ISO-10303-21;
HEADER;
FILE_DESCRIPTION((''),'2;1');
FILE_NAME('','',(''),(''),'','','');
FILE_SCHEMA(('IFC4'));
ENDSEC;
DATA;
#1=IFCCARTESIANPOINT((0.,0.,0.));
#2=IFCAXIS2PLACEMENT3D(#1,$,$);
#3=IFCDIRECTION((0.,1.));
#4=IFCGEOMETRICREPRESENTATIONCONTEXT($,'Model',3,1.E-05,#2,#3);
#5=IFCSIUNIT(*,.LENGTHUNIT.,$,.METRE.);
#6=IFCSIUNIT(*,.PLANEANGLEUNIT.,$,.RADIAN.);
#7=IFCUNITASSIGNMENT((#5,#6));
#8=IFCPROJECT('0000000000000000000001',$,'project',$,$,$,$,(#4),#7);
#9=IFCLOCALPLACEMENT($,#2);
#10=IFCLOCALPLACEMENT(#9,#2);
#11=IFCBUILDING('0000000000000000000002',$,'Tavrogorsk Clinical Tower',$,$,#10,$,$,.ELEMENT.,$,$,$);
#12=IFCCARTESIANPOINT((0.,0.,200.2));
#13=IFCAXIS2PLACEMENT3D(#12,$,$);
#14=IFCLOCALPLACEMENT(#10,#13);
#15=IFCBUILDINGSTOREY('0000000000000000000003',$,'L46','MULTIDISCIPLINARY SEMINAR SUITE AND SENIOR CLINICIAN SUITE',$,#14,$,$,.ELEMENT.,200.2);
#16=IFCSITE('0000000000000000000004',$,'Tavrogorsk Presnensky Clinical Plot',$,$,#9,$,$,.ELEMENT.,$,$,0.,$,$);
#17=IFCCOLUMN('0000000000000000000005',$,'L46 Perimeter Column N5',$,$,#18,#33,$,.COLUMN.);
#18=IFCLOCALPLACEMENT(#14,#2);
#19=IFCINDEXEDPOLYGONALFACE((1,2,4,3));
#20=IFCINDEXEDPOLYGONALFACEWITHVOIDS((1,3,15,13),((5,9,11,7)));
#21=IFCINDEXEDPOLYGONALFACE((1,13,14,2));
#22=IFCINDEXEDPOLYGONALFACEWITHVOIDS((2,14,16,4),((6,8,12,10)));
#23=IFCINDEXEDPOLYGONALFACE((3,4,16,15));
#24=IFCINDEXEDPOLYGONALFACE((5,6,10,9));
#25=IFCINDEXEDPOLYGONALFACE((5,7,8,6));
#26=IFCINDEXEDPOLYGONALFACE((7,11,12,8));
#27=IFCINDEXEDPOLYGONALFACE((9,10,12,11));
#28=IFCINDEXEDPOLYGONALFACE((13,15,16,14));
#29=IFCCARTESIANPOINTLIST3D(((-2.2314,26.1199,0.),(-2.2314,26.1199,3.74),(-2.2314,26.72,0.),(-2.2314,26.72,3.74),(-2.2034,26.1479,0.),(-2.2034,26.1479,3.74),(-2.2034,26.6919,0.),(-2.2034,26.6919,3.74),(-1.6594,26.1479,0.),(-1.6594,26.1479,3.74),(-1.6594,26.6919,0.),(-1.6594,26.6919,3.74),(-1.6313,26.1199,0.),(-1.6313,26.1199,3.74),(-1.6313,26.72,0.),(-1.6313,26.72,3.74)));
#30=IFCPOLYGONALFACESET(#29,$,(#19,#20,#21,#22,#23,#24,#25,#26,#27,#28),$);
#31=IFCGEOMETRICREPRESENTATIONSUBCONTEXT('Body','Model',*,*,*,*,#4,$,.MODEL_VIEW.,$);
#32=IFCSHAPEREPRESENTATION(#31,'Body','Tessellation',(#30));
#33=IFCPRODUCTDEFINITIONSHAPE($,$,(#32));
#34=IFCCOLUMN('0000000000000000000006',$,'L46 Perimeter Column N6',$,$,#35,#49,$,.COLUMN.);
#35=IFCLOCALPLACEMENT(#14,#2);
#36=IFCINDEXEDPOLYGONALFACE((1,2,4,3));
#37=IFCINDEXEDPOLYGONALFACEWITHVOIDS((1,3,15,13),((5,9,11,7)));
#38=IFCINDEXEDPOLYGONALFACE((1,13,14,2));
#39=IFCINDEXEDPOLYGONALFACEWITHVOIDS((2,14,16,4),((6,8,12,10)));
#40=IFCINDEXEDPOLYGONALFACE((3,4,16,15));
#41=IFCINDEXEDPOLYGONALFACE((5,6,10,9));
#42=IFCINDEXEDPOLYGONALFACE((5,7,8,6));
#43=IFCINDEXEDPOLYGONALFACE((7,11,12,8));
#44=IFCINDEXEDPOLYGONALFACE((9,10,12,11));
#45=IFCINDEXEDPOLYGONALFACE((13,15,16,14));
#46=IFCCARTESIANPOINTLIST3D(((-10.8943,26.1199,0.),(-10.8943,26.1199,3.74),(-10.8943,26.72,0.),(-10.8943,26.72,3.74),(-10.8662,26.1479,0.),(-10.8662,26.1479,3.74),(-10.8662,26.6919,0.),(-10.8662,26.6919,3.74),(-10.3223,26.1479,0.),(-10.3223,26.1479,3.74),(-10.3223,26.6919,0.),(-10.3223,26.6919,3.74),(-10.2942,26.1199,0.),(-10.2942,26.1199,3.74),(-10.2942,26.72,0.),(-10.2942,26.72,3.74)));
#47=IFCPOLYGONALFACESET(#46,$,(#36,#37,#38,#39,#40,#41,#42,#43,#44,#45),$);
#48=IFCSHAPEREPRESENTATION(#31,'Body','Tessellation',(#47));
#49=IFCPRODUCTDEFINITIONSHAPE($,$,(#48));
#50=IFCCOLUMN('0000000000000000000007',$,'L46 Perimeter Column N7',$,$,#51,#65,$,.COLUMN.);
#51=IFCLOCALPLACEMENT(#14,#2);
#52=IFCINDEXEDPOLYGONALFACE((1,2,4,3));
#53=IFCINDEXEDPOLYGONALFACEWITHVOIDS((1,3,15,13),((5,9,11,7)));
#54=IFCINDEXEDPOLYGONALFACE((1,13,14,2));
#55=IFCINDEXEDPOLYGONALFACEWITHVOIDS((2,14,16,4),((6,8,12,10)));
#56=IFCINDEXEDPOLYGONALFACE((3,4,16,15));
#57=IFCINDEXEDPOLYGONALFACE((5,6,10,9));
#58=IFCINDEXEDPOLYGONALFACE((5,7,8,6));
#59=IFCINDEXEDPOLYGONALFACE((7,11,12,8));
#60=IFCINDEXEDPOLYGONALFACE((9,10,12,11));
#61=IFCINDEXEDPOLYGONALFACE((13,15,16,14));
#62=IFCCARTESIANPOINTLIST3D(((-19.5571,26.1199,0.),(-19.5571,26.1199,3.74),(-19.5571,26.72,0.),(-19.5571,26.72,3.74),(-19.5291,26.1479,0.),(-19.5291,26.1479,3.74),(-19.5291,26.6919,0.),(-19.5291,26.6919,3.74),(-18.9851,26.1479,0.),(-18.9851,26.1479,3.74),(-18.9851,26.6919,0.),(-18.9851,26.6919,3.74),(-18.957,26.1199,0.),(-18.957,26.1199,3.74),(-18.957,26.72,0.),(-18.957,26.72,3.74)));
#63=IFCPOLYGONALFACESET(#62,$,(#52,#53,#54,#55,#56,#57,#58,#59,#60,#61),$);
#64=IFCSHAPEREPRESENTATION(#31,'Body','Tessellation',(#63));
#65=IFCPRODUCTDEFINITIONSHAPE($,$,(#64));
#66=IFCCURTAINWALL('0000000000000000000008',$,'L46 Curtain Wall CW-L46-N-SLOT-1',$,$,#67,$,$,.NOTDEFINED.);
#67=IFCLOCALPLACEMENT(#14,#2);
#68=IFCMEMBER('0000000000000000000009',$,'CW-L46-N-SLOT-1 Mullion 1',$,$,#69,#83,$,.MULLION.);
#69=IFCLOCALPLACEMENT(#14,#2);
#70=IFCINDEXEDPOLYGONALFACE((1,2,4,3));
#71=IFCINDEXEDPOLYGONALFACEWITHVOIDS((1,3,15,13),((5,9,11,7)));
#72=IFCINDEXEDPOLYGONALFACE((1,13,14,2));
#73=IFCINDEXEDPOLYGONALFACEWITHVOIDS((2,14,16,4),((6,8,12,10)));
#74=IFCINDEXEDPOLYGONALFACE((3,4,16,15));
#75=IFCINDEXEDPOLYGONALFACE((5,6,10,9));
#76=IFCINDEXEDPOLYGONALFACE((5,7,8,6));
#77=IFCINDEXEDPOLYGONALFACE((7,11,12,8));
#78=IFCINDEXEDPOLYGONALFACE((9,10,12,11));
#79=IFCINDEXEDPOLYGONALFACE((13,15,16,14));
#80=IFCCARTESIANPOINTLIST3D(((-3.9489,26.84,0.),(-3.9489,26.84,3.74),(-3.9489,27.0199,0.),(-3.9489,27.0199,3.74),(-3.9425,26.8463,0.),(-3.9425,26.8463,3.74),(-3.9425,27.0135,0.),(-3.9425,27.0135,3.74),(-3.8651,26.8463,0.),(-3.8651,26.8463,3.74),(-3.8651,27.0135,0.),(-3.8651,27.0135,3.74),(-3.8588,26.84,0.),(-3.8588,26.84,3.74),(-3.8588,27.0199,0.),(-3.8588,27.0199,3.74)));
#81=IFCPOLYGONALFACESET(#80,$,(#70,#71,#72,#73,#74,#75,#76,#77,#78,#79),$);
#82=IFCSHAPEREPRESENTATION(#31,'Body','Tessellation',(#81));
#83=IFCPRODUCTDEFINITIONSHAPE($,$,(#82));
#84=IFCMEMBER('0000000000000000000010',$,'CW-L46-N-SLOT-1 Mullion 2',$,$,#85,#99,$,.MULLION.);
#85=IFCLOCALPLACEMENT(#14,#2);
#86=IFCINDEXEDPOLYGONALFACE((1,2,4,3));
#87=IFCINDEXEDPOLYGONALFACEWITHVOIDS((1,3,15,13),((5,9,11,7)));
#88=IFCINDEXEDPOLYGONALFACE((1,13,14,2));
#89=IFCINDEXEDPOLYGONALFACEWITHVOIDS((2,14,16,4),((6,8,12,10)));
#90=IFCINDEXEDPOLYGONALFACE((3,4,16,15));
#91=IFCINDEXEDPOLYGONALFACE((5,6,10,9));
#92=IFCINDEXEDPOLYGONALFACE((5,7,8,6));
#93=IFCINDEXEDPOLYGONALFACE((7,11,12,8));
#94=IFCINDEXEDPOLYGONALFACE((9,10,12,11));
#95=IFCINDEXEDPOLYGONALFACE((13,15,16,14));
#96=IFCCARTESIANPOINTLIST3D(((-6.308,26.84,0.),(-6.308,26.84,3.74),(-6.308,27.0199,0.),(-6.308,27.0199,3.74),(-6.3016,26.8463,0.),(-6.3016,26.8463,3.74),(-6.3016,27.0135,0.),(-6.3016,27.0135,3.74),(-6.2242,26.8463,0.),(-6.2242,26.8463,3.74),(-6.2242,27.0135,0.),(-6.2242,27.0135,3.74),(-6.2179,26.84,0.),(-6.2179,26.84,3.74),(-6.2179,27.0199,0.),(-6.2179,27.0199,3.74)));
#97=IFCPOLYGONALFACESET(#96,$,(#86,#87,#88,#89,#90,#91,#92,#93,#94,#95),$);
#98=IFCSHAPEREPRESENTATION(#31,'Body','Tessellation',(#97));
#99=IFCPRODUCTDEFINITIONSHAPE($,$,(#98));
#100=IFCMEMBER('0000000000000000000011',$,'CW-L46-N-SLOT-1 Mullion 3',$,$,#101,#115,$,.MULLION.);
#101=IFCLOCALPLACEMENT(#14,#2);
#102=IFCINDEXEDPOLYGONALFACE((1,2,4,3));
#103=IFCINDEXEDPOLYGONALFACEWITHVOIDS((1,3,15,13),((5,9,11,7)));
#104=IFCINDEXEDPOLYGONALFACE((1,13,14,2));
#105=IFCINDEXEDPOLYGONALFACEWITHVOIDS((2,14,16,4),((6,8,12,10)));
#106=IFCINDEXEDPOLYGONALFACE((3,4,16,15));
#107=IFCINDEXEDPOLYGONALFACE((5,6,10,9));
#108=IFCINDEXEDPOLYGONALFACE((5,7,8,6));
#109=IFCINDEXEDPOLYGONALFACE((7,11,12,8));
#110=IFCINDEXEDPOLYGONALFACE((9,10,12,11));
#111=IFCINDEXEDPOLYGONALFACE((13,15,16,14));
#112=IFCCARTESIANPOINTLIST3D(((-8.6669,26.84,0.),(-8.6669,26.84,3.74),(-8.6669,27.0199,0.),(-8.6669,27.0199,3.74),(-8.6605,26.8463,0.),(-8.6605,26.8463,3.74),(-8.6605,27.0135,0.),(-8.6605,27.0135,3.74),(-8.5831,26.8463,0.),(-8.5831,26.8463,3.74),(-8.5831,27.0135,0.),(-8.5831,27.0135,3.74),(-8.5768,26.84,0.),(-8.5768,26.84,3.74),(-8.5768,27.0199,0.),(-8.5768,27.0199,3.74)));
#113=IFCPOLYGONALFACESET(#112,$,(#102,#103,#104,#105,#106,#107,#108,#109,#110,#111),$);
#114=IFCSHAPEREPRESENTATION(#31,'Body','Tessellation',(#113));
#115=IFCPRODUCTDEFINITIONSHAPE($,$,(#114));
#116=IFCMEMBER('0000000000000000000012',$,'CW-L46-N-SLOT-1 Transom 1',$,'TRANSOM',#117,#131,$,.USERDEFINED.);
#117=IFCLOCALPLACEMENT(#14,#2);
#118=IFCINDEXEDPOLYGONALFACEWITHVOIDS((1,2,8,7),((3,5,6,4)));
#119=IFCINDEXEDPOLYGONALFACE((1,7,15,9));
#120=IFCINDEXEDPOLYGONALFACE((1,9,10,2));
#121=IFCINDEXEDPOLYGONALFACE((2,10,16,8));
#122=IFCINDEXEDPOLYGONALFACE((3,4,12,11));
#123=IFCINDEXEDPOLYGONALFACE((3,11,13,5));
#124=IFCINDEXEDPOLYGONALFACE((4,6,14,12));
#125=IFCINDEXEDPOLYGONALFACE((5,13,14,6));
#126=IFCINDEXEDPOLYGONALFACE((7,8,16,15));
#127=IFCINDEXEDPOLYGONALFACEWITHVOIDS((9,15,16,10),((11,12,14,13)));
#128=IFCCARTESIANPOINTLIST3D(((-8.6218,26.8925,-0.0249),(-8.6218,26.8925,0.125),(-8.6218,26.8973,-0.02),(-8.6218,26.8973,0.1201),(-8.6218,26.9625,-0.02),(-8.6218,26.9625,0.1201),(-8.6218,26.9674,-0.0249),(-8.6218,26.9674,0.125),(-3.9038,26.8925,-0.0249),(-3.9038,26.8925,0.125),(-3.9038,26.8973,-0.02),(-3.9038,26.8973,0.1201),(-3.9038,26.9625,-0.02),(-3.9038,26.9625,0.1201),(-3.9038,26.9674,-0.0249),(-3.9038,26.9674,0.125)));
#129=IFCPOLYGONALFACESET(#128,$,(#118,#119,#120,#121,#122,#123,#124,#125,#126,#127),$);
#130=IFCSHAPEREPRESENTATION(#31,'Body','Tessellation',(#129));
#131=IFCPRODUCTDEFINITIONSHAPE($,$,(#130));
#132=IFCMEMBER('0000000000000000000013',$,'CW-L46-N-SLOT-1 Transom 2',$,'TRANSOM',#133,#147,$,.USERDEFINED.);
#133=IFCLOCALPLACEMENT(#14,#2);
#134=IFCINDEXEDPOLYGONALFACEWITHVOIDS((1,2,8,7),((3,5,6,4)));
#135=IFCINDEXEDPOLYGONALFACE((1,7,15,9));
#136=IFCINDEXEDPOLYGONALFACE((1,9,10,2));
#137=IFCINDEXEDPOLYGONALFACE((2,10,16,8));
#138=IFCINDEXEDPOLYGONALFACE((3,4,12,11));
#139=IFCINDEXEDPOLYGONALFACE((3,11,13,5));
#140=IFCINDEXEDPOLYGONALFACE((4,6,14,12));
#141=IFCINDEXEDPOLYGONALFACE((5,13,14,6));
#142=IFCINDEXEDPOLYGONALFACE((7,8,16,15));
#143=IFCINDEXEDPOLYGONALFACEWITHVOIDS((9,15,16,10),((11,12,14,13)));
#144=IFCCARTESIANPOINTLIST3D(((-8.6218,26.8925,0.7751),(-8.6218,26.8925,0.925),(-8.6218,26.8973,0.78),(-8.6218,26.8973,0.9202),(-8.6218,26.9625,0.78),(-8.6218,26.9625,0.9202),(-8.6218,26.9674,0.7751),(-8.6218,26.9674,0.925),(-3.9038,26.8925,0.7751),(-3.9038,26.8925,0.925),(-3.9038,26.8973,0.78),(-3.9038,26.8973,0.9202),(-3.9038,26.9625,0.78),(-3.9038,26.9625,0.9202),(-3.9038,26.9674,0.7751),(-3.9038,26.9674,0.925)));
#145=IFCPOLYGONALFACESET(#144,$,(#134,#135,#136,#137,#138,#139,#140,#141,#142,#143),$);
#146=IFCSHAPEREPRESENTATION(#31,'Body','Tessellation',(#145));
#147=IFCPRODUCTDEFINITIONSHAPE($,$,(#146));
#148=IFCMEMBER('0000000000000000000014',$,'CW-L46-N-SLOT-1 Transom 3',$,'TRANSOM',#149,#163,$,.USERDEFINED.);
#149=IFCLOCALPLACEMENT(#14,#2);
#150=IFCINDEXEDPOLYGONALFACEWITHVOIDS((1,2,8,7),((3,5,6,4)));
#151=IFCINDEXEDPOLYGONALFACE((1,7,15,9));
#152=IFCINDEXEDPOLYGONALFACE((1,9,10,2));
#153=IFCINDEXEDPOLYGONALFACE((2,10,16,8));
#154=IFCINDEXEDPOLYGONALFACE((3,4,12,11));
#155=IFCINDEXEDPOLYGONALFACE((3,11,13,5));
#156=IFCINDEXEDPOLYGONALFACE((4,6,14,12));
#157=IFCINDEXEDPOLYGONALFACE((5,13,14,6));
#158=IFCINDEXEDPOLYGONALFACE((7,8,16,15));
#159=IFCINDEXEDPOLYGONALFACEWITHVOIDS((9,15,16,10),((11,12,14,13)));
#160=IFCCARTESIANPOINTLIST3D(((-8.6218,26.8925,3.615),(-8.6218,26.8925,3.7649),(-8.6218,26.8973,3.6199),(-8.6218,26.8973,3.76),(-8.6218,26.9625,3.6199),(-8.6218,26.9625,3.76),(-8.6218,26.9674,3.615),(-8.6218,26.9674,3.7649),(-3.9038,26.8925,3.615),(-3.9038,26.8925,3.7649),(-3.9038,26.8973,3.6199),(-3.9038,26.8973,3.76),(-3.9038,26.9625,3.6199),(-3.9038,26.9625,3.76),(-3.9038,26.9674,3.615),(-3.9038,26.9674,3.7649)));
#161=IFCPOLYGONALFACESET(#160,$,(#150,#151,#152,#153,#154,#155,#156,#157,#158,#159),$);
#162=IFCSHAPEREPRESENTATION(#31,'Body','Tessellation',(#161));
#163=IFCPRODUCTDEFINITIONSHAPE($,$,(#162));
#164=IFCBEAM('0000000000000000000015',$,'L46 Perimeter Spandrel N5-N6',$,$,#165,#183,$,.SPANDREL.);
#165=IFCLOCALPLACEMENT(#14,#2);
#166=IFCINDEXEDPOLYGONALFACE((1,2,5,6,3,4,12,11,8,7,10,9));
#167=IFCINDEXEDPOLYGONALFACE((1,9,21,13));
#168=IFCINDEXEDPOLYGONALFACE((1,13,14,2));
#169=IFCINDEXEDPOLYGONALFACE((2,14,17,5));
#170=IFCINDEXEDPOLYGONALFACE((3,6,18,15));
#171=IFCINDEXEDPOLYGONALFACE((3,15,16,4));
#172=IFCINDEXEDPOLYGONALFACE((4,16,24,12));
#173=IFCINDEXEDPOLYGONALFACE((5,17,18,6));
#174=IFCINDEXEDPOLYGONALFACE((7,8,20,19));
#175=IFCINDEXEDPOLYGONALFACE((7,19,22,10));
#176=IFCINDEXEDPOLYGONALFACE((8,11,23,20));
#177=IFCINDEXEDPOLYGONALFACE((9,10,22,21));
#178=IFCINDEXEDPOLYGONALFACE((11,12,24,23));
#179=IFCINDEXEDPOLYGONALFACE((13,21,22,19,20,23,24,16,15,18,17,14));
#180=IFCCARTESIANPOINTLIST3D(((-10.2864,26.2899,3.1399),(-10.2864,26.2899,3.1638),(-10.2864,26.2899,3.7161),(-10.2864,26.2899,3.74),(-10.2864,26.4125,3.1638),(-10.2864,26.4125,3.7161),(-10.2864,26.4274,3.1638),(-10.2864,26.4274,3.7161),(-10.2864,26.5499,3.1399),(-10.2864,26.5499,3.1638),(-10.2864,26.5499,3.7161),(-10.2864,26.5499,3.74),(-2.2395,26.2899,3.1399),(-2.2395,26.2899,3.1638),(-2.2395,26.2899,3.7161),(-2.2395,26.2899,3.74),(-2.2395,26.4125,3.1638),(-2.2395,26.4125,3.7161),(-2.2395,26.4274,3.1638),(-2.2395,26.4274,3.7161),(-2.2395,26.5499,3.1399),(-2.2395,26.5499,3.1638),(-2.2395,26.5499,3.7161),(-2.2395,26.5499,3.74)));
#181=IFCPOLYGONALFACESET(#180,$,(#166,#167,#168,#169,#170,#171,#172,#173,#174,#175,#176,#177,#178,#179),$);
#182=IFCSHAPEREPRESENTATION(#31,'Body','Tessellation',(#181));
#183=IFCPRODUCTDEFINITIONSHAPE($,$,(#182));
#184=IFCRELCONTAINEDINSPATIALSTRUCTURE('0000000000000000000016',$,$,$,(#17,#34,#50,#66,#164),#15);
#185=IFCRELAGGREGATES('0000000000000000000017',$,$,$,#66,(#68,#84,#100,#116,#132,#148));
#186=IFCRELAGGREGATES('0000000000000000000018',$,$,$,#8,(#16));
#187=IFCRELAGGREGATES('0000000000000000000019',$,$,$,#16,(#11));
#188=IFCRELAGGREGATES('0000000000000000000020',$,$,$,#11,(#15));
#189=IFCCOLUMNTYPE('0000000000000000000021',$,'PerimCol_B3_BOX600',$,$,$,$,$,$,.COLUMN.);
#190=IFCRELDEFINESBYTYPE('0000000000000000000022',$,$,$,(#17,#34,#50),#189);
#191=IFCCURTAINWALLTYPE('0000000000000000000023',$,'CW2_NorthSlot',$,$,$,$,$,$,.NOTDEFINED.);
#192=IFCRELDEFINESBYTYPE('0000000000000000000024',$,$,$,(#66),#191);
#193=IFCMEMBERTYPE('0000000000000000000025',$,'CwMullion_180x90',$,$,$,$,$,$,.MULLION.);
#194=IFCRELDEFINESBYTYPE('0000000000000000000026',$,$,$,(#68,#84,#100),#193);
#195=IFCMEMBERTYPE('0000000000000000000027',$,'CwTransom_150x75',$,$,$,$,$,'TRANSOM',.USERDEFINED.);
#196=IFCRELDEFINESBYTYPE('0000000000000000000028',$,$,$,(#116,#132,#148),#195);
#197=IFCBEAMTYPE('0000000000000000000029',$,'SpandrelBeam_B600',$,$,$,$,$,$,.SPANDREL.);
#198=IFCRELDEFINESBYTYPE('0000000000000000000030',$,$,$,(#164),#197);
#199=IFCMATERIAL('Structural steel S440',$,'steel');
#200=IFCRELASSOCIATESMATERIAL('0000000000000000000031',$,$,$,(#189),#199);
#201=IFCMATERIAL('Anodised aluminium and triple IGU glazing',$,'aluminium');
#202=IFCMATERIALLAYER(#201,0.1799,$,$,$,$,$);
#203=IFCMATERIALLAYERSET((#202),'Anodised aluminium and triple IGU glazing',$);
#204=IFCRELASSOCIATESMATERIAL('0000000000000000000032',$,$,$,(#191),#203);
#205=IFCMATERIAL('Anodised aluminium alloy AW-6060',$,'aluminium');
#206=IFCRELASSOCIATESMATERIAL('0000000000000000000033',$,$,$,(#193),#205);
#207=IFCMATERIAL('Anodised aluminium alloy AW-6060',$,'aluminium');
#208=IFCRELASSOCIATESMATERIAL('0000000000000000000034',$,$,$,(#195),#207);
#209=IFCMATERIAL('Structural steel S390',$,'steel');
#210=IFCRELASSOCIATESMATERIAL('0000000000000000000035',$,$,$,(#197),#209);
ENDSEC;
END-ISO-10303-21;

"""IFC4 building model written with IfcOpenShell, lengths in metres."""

from ifc_helpers import new_model, si_unit, direction, frame, origin, origin_2d, place, context, subcontext, project, spatial, hollow_rectangle, i_section, extrude, material, layer, layer_set, material_profile, profile_set, type_object, element, aggregate, save


model = new_model("IFC4")

# Units and contexts
model_context = context("Model", 3, precision=1e-05, world=origin(), true_north=direction((0.0, 1.0)))
body_context = subcontext(model_context, "Body", "Model", "MODEL_VIEW")
ifc_project = project(units=[si_unit("LENGTHUNIT", "METRE"), si_unit("PLANEANGLEUNIT", "RADIAN")], contexts=[model_context])

# Site, building, storey
site_placement = place(None, origin())
site = spatial("IfcSite", under=ifc_project, at=site_placement, Name="Tavrogorsk Presnensky Clinical Plot", CompositionType="ELEMENT", RefElevation=0.0)
building_placement = place(site_placement, origin())
building = spatial("IfcBuilding", under=site, at=building_placement, Name="Tavrogorsk Clinical Tower", CompositionType="ELEMENT")
storey_placement = place(building_placement, frame((0.0, 0.0, 200.2)))
storey = spatial("IfcBuildingStorey", under=building, at=storey_placement, Name="L46", Description="MULTIDISCIPLINARY SEMINAR SUITE AND SENIOR CLINICIAN SUITE", CompositionType="ELEMENT", Elevation=200.2)

# Columns
ifc_material_1 = material(Name="Structural steel S440", Category="steel")
ifc_material_profile_1 = material_profile(ifc_material_1, hollow_rectangle(XDim=0.6001, YDim=0.6001, WallThickness=0.0281, at=origin_2d()), Name="BOX-600x600x28")
ifc_profile_set_1 = profile_set([ifc_material_profile_1], Name="Structural steel S440")
column_type = type_object("IfcColumnType", Name="PerimCol_B3_BOX600", PredefinedType="COLUMN", material=ifc_profile_set_1)
for number, where, z_axis, x_axis, name in (
    (1, (-1.9314, 26.4199, 0.0), (0.0, 0.0, 1.0), (1.0, 0.0, 0.0), "L46 Perimeter Column N5"),
    (2, (-10.5942, 26.4199, 0.0), (0.0, 0.0, 1.0), (1.0, 0.0, 0.0), "L46 Perimeter Column N6"),
    (3, (-19.2571, 26.4199, 0.0), (0.0, 0.0, 1.0), (1.0, 0.0, 0.0), "L46 Perimeter Column N7"),
):
    element("IfcColumn", number, at=place(storey_placement, frame(where, z_axis=z_axis, x_axis=x_axis)), inside=storey, type_object=column_type, Name=name, PredefinedType="COLUMN", context=body_context, shape_type="SweptSolid", body=[
        extrude(hollow_rectangle(XDim=0.6001, YDim=0.6001, WallThickness=0.0281, at=origin_2d()), origin(), (0.0, 0.0, 1.0), 3.74),
    ])

# Curtain wall, members
ifc_material_2 = material(Name="Anodised aluminium and triple IGU glazing", Category="aluminium")
ifc_layer_1 = layer(ifc_material_2, 0.1799)
ifc_layer_set_1 = layer_set([ifc_layer_1], Name="Anodised aluminium and triple IGU glazing")
curtain_wall_type = type_object("IfcCurtainWallType", Name="CW2_NorthSlot", PredefinedType="NOTDEFINED", material=ifc_layer_set_1)
curtain_wall_placement = place(storey_placement, origin())
curtain_wall = element("IfcCurtainWall", 4, at=curtain_wall_placement, inside=storey, type_object=curtain_wall_type, Name="L46 Curtain Wall CW-L46-N-SLOT-1", PredefinedType="NOTDEFINED")
ifc_material_3 = material(Name="Anodised aluminium alloy AW-6060", Category="aluminium")
ifc_material_profile_2 = material_profile(ifc_material_3, hollow_rectangle(XDim=0.0901, YDim=0.1799, WallThickness=0.0063, at=origin_2d()), Name="RHS-180x90x6.3")
ifc_profile_set_2 = profile_set([ifc_material_profile_2], Name="Anodised aluminium alloy AW-6060")
member_type_1 = type_object("IfcMemberType", Name="CwMullion_180x90", PredefinedType="MULLION", material=ifc_profile_set_2)
member_1_placement = place(storey_placement, frame((-3.9038, 26.9299, 0.0), z_axis=(0.0, 0.0, 1.0), x_axis=(-1.0, 0.0, 0.0)))
member_1 = element("IfcMember", 5, at=member_1_placement, type_object=member_type_1, Name="CW-L46-N-SLOT-1 Mullion 1", PredefinedType="MULLION", context=body_context, shape_type="SweptSolid", body=[
    extrude(hollow_rectangle(XDim=0.0901, YDim=0.1799, WallThickness=0.0063, at=origin_2d()), origin(), (0.0, 0.0, 1.0), 3.74),
])
member_2_placement = place(storey_placement, frame((-6.2629, 26.9299, 0.0), z_axis=(0.0, 0.0, 1.0), x_axis=(-1.0, 0.0, 0.0)))
member_2 = element("IfcMember", 6, at=member_2_placement, type_object=member_type_1, Name="CW-L46-N-SLOT-1 Mullion 2", PredefinedType="MULLION", context=body_context, shape_type="SweptSolid", body=[
    extrude(hollow_rectangle(XDim=0.0901, YDim=0.1799, WallThickness=0.0063, at=origin_2d()), origin(), (0.0, 0.0, 1.0), 3.74),
])
member_3_placement = place(storey_placement, frame((-8.6218, 26.9299, 0.0), z_axis=(0.0, 0.0, 1.0), x_axis=(-1.0, 0.0, 0.0)))
member_3 = element("IfcMember", 7, at=member_3_placement, type_object=member_type_1, Name="CW-L46-N-SLOT-1 Mullion 3", PredefinedType="MULLION", context=body_context, shape_type="SweptSolid", body=[
    extrude(hollow_rectangle(XDim=0.0901, YDim=0.1799, WallThickness=0.0063, at=origin_2d()), origin(), (0.0, 0.0, 1.0), 3.74),
])
ifc_material_4 = material(Name="Anodised aluminium alloy AW-6060", Category="aluminium")
ifc_material_profile_3 = material_profile(ifc_material_4, hollow_rectangle(XDim=0.075, YDim=0.1499, WallThickness=0.0049, at=origin_2d()), Name="RHS-150x75x5")
ifc_profile_set_3 = profile_set([ifc_material_profile_3], Name="Anodised aluminium alloy AW-6060")
member_type_2 = type_object("IfcMemberType", Name="CwTransom_150x75", ElementType="TRANSOM", PredefinedType="USERDEFINED", material=ifc_profile_set_3)
member_4_placement = place(storey_placement, frame((-3.9038, 26.9299, 0.05), z_axis=(-1.0, 0.0, 0.0), x_axis=(0.0, -1.0, 0.0)))
member_4 = element("IfcMember", 8, at=member_4_placement, type_object=member_type_2, Name="CW-L46-N-SLOT-1 Transom 1", ObjectType="TRANSOM", PredefinedType="USERDEFINED", context=body_context, shape_type="SweptSolid", body=[
    extrude(hollow_rectangle(XDim=0.075, YDim=0.1499, WallThickness=0.0049, at=origin_2d()), origin(), (0.0, 0.0, 1.0), 4.718),
])
member_5_placement = place(storey_placement, frame((-3.9038, 26.9299, 0.8501), z_axis=(-1.0, 0.0, 0.0), x_axis=(0.0, -1.0, 0.0)))
member_5 = element("IfcMember", 9, at=member_5_placement, type_object=member_type_2, Name="CW-L46-N-SLOT-1 Transom 2", ObjectType="TRANSOM", PredefinedType="USERDEFINED", context=body_context, shape_type="SweptSolid", body=[
    extrude(hollow_rectangle(XDim=0.075, YDim=0.1499, WallThickness=0.0049, at=origin_2d()), origin(), (0.0, 0.0, 1.0), 4.718),
])
member_6_placement = place(storey_placement, frame((-3.9038, 26.9299, 3.6899), z_axis=(-1.0, 0.0, 0.0), x_axis=(0.0, -1.0, 0.0)))
member_6 = element("IfcMember", 10, at=member_6_placement, type_object=member_type_2, Name="CW-L46-N-SLOT-1 Transom 3", ObjectType="TRANSOM", PredefinedType="USERDEFINED", context=body_context, shape_type="SweptSolid", body=[
    extrude(hollow_rectangle(XDim=0.075, YDim=0.1499, WallThickness=0.0049, at=origin_2d()), origin(), (0.0, 0.0, 1.0), 4.718),
])

# Beam
ifc_material_5 = material(Name="Structural steel S390", Category="steel")
ifc_material_profile_4 = material_profile(ifc_material_5, i_section(OverallWidth=0.26, OverallDepth=0.6001, WebThickness=0.0149, FlangeThickness=0.0239, at=origin_2d()), Name="B-600x260x15x24")
ifc_profile_set_4 = profile_set([ifc_material_profile_4], Name="Structural steel S390")
beam_type = type_object("IfcBeamType", Name="SpandrelBeam_B600", PredefinedType="SPANDREL", material=ifc_profile_set_4)
for number, where, z_axis, x_axis, name in (
    (11, (-2.2395, 26.4199, 3.4399), (-1.0, 0.0, 0.0), (0.0, -1.0, 0.0), "L46 Perimeter Spandrel N5-N6"),
):
    element("IfcBeam", number, at=place(storey_placement, frame(where, z_axis=z_axis, x_axis=x_axis)), inside=storey, type_object=beam_type, Name=name, PredefinedType="SPANDREL", context=body_context, shape_type="SweptSolid", body=[
        extrude(i_section(OverallWidth=0.26, OverallDepth=0.6001, WebThickness=0.0149, FlangeThickness=0.0239, at=origin_2d()), origin(), (0.0, 0.0, 1.0), 8.0469),
    ])

aggregate(curtain_wall, [member_1, member_2, member_3, member_4, member_5, member_6])

save(model, "model.ifc")
